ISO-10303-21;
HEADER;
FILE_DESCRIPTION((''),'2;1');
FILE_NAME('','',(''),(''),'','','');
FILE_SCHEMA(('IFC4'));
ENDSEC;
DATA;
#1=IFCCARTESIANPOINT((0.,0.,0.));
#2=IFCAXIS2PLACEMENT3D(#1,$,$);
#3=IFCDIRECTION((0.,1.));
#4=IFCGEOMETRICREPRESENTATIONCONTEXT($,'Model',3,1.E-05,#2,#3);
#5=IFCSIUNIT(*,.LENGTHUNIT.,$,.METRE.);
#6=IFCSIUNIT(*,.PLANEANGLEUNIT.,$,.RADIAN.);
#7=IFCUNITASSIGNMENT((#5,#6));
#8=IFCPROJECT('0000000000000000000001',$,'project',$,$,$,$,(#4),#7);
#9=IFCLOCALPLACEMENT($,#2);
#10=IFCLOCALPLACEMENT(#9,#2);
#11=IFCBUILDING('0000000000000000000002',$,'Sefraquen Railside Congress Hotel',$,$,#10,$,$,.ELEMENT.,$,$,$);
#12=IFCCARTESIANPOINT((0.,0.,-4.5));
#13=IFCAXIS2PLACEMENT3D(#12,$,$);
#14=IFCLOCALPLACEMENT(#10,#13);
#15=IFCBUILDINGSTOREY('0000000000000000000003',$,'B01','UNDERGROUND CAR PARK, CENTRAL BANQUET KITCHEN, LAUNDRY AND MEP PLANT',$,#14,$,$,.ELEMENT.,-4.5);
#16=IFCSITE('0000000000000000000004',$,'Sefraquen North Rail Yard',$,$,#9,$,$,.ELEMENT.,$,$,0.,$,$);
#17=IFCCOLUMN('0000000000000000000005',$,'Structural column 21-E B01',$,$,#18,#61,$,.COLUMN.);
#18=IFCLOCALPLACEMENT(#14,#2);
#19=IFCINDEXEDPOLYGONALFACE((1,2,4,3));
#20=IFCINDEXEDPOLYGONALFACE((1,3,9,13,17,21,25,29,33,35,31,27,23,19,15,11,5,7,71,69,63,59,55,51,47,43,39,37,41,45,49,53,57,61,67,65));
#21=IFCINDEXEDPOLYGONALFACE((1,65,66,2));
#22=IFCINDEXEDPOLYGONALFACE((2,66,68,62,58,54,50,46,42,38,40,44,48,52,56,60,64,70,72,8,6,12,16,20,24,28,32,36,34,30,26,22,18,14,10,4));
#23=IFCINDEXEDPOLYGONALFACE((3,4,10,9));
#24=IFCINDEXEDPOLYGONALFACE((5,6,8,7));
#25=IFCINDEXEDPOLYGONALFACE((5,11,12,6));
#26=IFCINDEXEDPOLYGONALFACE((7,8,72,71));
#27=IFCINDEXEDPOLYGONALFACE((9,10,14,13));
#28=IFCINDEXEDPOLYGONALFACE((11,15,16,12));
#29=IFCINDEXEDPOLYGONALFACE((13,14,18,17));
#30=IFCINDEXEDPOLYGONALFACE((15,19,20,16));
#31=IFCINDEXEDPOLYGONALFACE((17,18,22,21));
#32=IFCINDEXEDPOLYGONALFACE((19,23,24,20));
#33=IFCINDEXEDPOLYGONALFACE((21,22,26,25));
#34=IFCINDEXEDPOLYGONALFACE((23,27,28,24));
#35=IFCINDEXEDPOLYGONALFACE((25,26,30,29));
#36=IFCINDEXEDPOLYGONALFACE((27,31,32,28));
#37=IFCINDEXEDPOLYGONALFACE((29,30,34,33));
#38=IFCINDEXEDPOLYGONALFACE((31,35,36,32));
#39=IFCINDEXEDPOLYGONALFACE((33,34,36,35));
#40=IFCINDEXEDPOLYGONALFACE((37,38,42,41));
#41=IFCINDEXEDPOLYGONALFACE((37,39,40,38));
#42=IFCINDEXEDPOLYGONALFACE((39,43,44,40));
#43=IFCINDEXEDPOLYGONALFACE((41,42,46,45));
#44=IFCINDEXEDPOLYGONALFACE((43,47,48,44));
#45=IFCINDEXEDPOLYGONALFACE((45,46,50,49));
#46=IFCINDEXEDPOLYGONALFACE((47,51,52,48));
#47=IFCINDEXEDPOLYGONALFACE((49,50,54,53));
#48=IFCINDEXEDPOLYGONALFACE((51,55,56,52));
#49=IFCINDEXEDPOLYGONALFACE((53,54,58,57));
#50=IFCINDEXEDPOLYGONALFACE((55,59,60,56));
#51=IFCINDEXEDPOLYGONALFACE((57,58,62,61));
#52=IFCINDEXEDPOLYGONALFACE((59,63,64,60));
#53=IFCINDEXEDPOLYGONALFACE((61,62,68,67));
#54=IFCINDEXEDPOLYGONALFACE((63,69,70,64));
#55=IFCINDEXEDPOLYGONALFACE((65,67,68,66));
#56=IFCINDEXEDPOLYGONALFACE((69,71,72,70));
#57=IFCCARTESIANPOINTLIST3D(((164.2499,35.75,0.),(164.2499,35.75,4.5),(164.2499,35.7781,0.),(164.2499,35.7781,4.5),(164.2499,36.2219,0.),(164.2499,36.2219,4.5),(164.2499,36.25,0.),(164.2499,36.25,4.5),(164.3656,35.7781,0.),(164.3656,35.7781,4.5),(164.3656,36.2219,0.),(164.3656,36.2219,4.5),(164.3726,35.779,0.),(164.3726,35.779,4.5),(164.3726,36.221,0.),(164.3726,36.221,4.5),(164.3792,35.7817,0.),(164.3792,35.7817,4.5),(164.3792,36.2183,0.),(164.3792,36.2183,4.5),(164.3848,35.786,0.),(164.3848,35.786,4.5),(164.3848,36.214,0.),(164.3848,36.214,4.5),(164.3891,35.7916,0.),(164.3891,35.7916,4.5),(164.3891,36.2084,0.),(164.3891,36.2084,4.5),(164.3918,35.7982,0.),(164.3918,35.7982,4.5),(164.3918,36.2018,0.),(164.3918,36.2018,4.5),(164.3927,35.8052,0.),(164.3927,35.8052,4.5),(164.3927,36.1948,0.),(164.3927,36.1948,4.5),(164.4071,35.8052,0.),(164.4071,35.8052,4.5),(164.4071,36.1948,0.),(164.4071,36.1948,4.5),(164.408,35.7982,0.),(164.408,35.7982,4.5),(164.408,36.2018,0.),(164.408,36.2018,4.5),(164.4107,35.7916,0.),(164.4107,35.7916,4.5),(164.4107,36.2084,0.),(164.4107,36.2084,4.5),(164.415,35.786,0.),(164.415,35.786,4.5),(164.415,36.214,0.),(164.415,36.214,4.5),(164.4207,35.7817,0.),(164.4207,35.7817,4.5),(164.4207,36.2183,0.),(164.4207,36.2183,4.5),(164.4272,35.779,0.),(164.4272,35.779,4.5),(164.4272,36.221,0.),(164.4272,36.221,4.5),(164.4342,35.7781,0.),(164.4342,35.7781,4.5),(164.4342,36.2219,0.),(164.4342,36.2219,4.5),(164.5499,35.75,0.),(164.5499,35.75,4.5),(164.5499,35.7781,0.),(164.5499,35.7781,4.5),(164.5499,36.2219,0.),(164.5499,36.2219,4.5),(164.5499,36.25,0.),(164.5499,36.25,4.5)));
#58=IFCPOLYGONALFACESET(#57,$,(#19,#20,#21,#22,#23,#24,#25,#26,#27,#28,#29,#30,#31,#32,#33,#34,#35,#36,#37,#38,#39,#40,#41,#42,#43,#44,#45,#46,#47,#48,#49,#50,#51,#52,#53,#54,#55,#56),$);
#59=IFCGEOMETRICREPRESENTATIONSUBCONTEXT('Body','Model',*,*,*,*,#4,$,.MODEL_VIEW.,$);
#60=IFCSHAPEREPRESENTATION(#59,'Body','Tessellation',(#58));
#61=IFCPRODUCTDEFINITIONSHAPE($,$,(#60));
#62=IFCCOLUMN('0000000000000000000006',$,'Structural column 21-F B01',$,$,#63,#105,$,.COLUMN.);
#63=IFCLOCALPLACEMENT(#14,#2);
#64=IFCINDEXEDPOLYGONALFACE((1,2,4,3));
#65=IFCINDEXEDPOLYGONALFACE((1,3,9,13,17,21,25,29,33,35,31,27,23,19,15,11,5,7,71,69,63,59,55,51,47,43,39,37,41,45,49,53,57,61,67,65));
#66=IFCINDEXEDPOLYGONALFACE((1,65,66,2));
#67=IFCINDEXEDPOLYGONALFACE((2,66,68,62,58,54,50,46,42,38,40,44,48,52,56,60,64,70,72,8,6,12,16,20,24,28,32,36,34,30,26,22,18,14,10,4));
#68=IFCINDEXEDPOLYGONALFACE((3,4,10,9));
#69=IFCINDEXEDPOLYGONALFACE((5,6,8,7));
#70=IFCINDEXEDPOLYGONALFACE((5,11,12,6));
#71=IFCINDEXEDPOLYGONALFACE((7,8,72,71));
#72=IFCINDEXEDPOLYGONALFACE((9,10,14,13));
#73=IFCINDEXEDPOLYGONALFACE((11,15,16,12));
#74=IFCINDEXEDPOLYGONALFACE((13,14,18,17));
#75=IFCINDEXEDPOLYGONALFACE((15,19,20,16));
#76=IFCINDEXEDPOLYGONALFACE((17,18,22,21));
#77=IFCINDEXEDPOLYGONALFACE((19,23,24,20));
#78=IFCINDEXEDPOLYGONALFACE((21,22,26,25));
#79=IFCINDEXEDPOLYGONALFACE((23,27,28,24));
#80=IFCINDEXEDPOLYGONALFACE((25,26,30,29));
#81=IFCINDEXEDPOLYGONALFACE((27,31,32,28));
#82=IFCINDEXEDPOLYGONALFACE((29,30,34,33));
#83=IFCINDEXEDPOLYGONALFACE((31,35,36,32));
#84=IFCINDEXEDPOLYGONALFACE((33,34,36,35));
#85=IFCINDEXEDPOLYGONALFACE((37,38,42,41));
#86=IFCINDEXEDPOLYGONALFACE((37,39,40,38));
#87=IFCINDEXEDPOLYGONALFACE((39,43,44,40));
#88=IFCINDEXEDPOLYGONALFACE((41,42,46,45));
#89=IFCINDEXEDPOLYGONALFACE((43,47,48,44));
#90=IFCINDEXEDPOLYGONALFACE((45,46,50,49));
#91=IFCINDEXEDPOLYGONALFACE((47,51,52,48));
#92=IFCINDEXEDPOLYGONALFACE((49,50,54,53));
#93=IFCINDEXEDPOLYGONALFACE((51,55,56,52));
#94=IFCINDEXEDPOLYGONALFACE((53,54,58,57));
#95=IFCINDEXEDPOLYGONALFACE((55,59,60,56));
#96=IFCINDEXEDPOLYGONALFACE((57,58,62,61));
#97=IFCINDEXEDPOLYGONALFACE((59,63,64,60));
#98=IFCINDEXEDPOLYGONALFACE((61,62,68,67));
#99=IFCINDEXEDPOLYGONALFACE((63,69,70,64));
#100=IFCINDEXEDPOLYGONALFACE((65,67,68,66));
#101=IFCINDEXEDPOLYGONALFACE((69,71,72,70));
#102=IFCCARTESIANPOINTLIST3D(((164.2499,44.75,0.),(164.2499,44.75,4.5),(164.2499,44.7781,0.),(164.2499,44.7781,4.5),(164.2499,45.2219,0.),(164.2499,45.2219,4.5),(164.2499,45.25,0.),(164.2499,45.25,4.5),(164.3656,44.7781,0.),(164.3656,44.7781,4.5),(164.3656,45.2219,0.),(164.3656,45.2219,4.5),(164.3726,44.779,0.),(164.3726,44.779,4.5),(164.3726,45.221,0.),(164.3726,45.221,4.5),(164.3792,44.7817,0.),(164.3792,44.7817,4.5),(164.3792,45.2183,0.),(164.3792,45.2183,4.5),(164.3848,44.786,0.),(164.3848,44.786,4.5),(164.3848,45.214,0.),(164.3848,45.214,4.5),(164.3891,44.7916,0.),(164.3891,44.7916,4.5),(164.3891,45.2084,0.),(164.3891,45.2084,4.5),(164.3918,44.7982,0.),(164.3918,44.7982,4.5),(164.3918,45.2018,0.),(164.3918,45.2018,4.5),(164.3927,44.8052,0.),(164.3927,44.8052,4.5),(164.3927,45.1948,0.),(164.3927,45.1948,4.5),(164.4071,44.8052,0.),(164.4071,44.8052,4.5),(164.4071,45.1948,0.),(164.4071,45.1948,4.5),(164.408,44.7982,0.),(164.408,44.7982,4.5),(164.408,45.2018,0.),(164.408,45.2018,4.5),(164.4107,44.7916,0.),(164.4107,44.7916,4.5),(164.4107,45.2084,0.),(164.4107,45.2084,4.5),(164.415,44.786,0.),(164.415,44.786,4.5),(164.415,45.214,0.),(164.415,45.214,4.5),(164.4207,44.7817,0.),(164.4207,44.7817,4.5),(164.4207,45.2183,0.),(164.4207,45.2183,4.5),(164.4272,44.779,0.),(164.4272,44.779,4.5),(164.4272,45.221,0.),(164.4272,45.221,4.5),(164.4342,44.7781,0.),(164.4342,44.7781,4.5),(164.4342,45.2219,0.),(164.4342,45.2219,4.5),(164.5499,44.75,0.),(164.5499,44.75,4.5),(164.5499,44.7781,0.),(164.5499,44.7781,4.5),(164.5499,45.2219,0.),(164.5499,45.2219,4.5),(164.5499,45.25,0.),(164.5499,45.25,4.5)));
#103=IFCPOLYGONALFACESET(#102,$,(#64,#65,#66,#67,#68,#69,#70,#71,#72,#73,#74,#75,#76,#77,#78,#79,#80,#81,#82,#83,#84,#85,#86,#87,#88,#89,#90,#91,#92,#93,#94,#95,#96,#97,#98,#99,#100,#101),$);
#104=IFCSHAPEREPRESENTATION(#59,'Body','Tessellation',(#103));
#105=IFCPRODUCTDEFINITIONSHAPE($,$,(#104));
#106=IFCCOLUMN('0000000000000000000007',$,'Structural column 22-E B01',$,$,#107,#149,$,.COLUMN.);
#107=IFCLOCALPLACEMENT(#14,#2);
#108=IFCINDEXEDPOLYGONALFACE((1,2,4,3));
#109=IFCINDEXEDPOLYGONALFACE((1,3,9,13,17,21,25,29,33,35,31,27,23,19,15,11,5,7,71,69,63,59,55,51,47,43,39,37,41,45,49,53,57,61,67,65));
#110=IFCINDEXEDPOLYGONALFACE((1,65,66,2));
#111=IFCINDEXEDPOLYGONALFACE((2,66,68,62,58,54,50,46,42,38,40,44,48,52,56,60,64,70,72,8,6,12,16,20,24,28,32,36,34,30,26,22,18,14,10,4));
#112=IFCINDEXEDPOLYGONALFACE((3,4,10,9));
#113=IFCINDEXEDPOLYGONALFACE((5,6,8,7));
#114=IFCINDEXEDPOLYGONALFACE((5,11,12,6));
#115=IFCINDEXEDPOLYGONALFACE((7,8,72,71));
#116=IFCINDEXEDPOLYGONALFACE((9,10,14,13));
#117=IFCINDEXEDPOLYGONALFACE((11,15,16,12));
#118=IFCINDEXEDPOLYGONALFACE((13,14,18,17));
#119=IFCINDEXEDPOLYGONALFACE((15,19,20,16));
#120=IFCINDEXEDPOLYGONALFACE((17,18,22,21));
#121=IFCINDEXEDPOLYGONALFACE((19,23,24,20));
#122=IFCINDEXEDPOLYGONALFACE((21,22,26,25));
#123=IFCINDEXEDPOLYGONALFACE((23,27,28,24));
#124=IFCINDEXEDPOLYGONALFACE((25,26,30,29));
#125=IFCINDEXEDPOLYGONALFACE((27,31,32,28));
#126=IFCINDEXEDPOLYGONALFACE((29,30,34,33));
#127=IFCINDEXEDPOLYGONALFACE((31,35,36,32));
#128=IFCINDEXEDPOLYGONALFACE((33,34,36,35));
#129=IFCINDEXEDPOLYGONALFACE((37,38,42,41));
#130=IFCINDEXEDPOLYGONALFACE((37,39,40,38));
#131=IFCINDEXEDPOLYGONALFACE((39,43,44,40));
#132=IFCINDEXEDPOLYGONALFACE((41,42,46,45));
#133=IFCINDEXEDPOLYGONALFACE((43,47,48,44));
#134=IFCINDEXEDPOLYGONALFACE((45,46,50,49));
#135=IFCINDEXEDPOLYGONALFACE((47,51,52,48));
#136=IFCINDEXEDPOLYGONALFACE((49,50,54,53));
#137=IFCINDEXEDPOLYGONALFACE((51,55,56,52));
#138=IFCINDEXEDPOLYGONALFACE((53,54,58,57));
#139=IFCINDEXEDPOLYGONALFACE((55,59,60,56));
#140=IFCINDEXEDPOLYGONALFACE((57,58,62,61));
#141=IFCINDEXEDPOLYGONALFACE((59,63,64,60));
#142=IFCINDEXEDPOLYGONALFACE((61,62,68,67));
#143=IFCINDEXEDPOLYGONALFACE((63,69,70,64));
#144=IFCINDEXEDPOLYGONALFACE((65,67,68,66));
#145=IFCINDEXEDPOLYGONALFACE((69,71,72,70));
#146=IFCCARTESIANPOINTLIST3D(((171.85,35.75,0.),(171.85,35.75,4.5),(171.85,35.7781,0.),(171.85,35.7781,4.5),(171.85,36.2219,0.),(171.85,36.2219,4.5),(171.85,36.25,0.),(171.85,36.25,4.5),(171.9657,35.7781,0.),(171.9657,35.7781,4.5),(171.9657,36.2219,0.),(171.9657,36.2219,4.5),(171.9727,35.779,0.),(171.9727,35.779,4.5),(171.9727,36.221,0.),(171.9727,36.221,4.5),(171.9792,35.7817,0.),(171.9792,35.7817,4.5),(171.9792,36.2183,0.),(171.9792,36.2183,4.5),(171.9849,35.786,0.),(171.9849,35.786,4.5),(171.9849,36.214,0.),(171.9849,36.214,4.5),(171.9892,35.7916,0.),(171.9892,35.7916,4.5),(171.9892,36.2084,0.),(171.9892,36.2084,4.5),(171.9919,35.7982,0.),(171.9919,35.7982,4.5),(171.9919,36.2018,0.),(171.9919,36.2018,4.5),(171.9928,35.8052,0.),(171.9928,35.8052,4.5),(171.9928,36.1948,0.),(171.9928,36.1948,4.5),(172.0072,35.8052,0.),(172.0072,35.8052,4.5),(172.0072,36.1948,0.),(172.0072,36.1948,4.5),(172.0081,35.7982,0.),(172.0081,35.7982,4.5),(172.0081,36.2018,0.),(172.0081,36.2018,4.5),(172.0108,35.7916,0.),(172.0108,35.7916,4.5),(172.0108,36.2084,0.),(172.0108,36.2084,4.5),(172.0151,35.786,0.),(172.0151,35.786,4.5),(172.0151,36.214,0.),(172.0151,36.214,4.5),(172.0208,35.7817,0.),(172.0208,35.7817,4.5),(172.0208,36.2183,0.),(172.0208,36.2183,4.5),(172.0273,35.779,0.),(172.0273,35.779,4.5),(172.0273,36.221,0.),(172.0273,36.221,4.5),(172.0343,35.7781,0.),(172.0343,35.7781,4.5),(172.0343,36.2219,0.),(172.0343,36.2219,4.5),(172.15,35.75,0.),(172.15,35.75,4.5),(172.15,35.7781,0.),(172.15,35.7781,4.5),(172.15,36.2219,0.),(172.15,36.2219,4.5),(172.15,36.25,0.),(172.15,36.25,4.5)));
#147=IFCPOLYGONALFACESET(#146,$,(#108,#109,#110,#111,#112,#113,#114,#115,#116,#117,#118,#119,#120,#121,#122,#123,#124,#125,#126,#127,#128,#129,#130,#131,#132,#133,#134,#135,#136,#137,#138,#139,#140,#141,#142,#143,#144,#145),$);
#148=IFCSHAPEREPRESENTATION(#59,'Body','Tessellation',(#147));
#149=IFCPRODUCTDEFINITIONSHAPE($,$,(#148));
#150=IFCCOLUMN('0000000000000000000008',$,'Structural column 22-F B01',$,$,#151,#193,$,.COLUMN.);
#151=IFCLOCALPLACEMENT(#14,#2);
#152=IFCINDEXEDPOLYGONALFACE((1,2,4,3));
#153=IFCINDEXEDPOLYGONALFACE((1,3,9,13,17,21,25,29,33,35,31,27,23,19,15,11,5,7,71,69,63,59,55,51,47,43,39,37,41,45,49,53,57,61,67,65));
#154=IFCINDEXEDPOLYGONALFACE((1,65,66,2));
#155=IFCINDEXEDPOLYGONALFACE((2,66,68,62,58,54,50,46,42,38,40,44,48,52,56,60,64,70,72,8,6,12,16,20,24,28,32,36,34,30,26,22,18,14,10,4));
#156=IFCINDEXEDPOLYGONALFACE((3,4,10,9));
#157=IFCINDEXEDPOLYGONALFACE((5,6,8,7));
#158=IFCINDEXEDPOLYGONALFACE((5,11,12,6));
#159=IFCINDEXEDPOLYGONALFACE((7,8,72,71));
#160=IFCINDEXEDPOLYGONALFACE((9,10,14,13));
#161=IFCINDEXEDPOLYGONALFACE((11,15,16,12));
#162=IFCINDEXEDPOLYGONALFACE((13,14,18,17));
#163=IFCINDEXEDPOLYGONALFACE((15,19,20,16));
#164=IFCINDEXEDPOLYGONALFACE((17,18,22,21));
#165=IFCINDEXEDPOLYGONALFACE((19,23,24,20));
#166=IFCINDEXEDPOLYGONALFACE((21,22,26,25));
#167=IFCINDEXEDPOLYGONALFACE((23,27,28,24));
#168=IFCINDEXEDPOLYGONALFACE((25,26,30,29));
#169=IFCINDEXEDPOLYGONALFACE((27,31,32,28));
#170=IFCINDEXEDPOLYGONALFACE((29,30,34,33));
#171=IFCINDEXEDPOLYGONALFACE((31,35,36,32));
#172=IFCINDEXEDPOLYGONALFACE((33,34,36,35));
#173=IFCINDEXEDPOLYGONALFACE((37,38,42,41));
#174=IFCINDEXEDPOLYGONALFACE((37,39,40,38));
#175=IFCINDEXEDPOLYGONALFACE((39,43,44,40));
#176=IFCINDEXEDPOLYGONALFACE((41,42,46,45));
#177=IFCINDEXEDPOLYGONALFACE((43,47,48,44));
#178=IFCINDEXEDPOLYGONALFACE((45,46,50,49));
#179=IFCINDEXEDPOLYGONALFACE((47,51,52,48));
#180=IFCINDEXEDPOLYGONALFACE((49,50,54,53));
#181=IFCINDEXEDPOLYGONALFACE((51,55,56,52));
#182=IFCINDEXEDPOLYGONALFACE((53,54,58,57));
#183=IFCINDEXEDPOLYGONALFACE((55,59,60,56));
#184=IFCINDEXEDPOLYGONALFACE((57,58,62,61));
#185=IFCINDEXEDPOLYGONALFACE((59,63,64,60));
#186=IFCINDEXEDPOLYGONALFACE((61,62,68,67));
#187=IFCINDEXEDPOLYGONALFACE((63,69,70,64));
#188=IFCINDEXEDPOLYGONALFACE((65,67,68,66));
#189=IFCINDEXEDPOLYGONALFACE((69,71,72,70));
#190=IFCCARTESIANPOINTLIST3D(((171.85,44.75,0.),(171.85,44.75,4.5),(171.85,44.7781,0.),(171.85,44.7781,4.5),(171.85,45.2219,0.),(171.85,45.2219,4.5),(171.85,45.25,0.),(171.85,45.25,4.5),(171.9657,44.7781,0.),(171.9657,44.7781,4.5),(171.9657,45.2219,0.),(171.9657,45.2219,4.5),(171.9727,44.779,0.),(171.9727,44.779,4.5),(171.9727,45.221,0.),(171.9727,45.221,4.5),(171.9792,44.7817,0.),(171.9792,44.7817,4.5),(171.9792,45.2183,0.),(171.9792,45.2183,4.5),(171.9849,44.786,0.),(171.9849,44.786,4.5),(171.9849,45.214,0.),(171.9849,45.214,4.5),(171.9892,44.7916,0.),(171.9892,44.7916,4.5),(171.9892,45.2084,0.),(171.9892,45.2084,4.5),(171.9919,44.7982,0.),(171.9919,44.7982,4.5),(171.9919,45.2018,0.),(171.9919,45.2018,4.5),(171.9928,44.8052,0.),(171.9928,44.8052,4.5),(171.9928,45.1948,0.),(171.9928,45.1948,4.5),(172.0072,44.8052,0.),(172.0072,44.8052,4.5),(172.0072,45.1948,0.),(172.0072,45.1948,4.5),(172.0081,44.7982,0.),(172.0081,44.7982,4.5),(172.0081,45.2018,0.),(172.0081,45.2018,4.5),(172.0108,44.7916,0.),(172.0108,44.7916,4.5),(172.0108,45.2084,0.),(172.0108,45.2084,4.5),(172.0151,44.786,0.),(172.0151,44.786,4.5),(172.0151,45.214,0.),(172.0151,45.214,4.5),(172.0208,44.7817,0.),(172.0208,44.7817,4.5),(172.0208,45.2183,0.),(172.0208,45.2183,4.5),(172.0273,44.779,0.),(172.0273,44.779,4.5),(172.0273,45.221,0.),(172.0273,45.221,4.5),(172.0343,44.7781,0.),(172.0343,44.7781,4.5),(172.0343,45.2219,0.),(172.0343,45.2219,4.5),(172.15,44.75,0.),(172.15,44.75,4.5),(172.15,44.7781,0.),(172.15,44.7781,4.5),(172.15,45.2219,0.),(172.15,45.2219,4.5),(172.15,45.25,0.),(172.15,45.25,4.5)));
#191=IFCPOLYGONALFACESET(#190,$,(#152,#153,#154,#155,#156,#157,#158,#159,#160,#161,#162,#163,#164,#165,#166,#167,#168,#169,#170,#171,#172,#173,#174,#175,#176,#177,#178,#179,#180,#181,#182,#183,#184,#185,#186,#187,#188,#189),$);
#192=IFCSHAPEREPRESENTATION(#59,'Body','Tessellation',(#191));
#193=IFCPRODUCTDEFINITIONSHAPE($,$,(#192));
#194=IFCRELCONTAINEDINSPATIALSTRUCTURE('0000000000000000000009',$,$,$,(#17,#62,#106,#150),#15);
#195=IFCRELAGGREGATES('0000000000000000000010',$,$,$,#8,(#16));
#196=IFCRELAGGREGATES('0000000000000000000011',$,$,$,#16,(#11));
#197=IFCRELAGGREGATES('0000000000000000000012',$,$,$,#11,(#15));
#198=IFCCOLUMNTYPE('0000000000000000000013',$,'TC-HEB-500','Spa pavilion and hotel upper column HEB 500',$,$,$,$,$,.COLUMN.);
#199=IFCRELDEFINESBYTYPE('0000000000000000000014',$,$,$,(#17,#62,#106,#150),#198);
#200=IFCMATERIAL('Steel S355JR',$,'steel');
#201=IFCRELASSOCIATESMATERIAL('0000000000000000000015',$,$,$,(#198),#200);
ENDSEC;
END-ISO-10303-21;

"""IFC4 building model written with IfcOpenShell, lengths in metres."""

from ifc_helpers import new_model, si_unit, direction, frame, origin, origin_2d, place, context, subcontext, project, spatial, i_section, extrude, material, material_profile, profile_set, type_object, element, save


model = new_model("IFC4")

# Units and contexts
model_context = context("Model", 3, precision=1e-05, world=origin(), true_north=direction((0.0, 1.0)))
body_context = subcontext(model_context, "Body", "Model", "MODEL_VIEW")
ifc_project = project(units=[si_unit("LENGTHUNIT", "METRE"), si_unit("PLANEANGLEUNIT", "RADIAN")], contexts=[model_context])

# Site, building, storey
site_placement = place(None, origin())
site = spatial("IfcSite", under=ifc_project, at=site_placement, Name="Sefraquen North Rail Yard", CompositionType="ELEMENT", RefElevation=0.0)
building_placement = place(site_placement, origin())
building = spatial("IfcBuilding", under=site, at=building_placement, Name="Sefraquen Railside Congress Hotel", CompositionType="ELEMENT")
storey_placement = place(building_placement, frame((0.0, 0.0, -4.5)))
storey = spatial("IfcBuildingStorey", under=building, at=storey_placement, Name="B01", Description="UNDERGROUND CAR PARK, CENTRAL BANQUET KITCHEN, LAUNDRY AND MEP PLANT", CompositionType="ELEMENT", Elevation=-4.5)

# Columns
ifc_material_1 = material(Name="Steel S355JR", Category="steel")
ifc_material_profile_1 = material_profile(ifc_material_1, i_section(OverallWidth=0.3, OverallDepth=0.5, WebThickness=0.0144, FlangeThickness=0.0281, FilletRadius=0.0271, at=origin_2d()), Name="HEB 500")
ifc_profile_set_1 = profile_set([ifc_material_profile_1], Name="Steel S355JR")
column_type_1 = type_object("IfcColumnType", Name="TC-HEB-500", Description="Spa pavilion and hotel upper column HEB 500", PredefinedType="COLUMN", material=ifc_profile_set_1)
for number, where, z_axis, x_axis, name in (
    (1, (164.3999, 36.0, 0.0), (0.0, 0.0, 1.0), (1.0, 0.0, 0.0), "Structural column 21-E B01"),
    (2, (164.3999, 45.0, 0.0), (0.0, 0.0, 1.0), (1.0, 0.0, 0.0), "Structural column 21-F B01"),
    (3, (172.0, 36.0, 0.0), (0.0, 0.0, 1.0), (1.0, 0.0, 0.0), "Structural column 22-E B01"),
    (4, (172.0, 45.0, 0.0), (0.0, 0.0, 1.0), (1.0, 0.0, 0.0), "Structural column 22-F B01"),
):
    element("IfcColumn", number, at=place(storey_placement, frame(where, z_axis=z_axis, x_axis=x_axis)), inside=storey, type_object=column_type_1, Name=name, PredefinedType="COLUMN", context=body_context, shape_type="SweptSolid", body=[
        extrude(i_section(OverallWidth=0.3, OverallDepth=0.5, WebThickness=0.0144, FlangeThickness=0.0281, FilletRadius=0.0271, at=origin_2d()), origin(), (0.0, 0.0, 1.0), 4.5),
    ])

save(model, "model.ifc")
